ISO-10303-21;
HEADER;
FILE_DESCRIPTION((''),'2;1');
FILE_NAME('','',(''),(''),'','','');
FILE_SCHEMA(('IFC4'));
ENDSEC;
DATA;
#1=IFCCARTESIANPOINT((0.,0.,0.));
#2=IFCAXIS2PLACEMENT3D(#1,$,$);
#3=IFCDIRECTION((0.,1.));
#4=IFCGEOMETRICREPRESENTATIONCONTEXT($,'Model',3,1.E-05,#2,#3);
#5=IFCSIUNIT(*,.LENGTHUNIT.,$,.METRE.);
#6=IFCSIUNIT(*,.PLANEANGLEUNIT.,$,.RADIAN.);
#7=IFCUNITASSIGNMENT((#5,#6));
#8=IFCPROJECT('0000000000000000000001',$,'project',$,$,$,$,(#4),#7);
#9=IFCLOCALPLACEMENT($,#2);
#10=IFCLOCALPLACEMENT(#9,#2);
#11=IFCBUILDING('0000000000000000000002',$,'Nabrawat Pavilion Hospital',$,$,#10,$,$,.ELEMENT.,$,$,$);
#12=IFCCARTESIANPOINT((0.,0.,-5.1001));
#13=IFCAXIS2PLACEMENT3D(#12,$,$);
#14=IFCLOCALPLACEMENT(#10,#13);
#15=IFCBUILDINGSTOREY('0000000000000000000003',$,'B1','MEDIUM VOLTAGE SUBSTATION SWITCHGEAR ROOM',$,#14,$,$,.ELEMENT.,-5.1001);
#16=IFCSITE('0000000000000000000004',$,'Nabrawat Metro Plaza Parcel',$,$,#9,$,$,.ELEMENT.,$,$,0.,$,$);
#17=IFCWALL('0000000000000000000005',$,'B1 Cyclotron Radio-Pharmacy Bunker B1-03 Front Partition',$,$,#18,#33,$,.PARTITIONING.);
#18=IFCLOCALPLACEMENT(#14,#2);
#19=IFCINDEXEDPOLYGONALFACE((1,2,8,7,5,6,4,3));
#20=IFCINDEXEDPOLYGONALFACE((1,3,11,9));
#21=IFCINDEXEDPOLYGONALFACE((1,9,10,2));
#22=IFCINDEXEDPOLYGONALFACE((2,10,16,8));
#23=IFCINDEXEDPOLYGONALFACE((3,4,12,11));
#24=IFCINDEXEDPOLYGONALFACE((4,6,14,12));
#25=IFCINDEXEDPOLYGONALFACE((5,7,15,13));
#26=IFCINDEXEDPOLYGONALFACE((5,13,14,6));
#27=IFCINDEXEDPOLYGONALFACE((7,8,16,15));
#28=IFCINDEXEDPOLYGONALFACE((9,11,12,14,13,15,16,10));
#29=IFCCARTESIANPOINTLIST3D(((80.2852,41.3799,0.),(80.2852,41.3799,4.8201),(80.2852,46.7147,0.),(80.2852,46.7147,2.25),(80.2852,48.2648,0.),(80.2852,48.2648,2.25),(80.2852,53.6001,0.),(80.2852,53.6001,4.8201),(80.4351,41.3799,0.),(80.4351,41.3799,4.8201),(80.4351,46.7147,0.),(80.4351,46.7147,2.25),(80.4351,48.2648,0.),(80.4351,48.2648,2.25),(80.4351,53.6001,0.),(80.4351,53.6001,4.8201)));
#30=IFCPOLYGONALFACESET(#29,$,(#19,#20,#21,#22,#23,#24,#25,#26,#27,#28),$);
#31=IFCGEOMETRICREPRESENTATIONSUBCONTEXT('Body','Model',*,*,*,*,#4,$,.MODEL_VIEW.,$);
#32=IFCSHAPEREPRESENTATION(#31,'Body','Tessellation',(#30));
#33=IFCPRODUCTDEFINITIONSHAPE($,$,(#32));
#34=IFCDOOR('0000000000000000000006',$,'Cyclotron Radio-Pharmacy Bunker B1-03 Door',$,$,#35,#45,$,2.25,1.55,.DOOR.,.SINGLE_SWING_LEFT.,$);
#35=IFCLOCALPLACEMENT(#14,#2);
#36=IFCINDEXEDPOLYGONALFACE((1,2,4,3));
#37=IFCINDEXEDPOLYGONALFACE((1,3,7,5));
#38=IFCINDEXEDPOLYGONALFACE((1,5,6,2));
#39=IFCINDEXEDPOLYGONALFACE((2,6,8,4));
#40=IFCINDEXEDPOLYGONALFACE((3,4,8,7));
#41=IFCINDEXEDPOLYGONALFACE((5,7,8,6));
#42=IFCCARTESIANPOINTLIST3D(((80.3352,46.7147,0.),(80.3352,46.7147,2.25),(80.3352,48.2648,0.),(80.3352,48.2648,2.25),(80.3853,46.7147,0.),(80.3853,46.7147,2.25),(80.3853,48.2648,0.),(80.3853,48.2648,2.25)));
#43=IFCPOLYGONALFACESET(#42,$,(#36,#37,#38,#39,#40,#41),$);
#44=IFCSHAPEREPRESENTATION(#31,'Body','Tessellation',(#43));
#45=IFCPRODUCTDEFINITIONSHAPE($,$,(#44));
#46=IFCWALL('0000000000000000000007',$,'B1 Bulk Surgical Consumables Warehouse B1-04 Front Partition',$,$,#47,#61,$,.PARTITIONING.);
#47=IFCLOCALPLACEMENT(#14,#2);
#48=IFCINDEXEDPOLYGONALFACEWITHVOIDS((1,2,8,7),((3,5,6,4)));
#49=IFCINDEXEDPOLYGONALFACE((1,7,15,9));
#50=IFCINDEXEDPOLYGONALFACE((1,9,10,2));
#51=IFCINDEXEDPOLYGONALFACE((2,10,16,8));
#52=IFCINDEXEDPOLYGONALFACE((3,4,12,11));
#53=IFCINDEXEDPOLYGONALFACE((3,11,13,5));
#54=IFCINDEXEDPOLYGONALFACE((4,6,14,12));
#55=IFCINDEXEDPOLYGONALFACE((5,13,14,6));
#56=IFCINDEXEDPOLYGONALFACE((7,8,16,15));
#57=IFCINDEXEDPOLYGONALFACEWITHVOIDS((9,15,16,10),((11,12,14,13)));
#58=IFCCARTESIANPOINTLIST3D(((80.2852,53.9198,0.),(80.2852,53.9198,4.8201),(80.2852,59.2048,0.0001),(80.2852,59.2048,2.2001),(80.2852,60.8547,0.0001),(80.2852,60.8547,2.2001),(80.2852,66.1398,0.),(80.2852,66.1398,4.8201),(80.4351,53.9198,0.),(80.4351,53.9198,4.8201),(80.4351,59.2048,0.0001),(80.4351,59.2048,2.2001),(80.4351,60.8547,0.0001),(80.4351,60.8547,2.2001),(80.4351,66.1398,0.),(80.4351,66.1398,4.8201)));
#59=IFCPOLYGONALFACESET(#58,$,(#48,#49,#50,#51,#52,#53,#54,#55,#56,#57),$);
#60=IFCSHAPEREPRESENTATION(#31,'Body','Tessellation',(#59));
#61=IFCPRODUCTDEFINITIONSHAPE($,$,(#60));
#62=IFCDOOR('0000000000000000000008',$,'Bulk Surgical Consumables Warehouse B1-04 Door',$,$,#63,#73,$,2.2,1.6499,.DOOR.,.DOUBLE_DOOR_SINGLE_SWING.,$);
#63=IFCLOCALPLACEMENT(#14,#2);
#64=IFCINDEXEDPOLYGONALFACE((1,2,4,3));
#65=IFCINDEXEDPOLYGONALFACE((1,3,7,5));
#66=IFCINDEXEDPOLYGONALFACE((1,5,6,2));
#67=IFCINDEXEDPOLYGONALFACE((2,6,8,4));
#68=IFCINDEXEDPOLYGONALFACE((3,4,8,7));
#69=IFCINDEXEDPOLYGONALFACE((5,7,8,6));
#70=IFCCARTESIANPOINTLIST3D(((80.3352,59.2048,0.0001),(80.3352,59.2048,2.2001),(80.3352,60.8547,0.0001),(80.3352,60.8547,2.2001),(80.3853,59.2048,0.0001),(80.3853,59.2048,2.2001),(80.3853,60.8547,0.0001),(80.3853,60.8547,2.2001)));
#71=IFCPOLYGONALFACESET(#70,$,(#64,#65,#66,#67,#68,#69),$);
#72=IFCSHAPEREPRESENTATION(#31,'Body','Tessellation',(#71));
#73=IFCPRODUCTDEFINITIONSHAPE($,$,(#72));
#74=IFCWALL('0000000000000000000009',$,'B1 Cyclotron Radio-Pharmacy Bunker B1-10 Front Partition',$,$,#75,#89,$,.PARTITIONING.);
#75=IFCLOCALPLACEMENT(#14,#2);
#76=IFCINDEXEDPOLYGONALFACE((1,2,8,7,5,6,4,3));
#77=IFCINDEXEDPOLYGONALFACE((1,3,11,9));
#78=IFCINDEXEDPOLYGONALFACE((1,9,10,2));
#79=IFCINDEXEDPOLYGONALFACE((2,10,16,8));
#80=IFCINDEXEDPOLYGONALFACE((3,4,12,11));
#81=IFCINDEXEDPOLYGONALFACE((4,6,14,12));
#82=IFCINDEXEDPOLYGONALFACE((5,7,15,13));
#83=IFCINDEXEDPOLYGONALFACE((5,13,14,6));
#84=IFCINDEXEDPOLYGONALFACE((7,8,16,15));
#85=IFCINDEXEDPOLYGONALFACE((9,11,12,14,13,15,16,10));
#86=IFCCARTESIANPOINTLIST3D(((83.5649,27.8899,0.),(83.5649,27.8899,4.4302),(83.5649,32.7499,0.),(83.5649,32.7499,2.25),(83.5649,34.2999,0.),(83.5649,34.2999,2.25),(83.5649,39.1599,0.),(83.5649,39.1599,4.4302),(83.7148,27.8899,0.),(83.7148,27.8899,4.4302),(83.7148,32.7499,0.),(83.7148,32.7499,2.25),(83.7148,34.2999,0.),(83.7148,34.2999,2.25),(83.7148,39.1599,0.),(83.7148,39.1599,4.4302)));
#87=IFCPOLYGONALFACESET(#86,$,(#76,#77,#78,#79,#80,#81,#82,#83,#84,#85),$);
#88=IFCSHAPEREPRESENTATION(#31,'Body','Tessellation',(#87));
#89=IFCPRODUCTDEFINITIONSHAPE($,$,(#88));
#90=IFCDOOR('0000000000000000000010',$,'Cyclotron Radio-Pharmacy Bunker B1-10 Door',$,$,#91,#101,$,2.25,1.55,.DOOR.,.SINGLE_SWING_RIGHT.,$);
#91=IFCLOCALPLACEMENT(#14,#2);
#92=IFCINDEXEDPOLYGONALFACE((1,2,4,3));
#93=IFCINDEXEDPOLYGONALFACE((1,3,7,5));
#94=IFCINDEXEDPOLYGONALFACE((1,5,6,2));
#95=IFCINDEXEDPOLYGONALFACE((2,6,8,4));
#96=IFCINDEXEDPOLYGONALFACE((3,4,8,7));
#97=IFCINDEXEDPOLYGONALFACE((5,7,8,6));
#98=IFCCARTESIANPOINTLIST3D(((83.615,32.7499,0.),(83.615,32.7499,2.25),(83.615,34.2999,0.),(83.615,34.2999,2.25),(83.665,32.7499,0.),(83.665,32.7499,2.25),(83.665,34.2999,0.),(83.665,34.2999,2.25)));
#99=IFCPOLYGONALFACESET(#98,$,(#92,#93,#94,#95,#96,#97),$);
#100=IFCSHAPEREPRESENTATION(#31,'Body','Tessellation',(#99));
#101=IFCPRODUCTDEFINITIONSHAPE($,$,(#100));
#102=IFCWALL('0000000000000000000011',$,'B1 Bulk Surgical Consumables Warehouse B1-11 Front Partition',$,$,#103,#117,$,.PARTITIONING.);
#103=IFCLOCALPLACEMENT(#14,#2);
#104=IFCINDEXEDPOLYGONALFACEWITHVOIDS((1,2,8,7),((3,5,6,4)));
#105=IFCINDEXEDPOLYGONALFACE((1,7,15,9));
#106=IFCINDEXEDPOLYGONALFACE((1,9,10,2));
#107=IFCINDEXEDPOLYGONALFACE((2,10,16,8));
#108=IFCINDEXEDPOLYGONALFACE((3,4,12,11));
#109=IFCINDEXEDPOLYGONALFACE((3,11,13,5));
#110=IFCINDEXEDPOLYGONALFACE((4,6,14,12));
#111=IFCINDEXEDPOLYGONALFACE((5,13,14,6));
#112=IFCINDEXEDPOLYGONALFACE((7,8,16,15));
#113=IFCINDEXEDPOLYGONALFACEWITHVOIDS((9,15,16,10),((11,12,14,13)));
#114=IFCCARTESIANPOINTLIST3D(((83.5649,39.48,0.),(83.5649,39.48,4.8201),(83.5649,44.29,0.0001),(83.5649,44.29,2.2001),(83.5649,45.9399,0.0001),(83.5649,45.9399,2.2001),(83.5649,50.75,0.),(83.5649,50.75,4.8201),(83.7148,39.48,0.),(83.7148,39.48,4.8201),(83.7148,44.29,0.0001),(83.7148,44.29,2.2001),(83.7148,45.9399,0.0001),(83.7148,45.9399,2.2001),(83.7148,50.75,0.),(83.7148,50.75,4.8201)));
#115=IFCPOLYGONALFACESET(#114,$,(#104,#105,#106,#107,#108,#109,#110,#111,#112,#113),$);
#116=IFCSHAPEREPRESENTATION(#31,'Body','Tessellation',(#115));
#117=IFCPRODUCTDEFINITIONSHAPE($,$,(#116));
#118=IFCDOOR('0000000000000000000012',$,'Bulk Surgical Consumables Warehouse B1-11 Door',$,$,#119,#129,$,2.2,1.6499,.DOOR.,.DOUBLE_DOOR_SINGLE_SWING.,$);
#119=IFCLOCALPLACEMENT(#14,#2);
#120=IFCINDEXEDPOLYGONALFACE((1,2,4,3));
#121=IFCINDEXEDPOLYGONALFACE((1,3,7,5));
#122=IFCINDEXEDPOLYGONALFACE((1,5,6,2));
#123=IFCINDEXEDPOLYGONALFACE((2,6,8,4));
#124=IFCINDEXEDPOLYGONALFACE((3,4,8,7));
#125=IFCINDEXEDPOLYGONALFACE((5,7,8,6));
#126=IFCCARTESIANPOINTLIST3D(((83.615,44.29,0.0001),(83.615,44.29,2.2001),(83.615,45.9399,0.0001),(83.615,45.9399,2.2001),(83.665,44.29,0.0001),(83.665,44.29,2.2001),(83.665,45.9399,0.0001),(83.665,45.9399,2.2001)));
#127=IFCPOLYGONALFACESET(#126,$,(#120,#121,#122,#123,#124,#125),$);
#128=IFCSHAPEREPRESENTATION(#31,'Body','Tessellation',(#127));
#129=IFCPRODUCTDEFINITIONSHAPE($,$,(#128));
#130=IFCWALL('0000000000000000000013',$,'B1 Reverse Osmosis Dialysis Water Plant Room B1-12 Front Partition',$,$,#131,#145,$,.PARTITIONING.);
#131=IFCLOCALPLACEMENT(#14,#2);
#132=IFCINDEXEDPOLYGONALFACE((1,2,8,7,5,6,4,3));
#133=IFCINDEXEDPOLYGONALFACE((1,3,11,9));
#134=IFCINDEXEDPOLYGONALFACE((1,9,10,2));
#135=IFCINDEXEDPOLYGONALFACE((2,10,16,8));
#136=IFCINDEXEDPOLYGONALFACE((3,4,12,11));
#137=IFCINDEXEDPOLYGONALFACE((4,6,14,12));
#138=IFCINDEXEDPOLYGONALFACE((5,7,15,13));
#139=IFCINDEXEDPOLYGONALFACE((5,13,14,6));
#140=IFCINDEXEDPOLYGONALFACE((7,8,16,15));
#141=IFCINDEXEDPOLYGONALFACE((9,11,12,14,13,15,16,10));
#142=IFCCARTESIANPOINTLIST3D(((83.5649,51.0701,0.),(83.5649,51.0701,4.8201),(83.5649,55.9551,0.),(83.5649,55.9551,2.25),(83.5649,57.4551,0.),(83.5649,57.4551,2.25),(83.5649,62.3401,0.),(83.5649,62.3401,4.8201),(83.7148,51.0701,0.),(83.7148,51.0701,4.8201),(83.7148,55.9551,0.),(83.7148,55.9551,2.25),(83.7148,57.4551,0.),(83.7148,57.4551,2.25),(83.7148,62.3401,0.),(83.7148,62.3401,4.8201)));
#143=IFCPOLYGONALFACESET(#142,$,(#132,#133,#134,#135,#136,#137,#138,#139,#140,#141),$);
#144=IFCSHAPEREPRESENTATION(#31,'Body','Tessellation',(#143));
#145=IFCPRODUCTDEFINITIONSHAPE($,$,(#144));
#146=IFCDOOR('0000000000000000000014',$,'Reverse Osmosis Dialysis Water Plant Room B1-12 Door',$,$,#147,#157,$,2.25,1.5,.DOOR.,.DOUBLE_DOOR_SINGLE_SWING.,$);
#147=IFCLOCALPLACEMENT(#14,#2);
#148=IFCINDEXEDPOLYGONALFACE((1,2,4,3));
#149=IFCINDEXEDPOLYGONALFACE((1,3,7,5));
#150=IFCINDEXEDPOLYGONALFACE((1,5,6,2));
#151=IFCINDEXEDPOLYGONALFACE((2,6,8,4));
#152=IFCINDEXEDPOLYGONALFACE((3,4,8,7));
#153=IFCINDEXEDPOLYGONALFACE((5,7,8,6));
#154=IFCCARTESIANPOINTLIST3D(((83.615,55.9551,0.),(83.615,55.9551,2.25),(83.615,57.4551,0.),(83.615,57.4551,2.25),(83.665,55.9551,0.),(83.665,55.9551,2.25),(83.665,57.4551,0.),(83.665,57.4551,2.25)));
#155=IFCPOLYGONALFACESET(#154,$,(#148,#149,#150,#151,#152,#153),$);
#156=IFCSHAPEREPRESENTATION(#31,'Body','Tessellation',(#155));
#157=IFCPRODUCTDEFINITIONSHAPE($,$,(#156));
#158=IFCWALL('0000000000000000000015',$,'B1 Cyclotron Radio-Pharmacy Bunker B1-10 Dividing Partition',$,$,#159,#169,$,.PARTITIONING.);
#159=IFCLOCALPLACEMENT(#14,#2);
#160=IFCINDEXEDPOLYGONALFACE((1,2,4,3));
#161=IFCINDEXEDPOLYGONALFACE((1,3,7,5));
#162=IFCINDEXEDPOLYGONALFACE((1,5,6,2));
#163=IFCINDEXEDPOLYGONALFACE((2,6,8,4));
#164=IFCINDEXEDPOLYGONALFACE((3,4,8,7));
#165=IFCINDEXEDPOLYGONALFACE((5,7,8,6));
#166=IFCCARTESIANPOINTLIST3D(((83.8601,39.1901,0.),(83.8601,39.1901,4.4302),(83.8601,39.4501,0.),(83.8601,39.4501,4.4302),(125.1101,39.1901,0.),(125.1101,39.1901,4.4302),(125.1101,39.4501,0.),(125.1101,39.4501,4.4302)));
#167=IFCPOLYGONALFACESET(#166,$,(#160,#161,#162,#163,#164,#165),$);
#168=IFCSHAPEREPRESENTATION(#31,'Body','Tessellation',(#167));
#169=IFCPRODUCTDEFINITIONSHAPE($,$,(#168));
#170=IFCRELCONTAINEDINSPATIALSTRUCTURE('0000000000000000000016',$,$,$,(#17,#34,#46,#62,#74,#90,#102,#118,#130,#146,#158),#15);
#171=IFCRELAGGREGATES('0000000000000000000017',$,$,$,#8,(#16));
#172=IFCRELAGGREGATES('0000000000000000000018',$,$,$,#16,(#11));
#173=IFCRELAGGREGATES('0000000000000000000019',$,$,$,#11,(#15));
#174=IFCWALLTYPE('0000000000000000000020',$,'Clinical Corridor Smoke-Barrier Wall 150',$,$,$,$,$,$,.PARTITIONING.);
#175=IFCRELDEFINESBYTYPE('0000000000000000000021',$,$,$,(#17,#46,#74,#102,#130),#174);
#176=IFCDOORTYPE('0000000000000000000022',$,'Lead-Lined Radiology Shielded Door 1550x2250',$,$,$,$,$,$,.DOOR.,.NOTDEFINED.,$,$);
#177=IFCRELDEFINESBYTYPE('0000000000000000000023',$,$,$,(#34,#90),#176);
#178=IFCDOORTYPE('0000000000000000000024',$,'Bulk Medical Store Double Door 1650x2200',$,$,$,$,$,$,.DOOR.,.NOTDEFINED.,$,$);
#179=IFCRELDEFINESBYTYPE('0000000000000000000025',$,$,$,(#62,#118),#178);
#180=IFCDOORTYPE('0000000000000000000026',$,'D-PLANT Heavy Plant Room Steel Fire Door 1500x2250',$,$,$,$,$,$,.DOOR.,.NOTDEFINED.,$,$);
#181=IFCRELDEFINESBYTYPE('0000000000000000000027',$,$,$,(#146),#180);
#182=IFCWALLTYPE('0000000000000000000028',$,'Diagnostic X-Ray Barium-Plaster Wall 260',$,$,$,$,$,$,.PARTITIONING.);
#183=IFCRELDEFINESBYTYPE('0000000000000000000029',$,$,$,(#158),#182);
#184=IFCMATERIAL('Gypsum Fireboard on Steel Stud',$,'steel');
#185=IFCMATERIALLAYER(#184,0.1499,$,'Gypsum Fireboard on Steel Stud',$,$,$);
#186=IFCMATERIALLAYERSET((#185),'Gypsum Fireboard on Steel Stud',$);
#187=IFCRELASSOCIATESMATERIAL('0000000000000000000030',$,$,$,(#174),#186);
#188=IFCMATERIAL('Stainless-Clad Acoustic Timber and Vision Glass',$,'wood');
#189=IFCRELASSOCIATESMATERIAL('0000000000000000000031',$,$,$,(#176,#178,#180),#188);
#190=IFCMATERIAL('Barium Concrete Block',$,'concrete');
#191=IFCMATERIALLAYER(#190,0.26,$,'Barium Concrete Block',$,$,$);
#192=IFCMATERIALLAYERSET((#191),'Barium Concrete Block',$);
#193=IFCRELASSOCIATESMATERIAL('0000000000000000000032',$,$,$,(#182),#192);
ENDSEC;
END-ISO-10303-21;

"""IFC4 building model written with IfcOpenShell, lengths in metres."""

from ifc_helpers import new_model, si_unit, direction, frame, frame_2d, origin, place, context, subcontext, project, spatial, rectangle, extrude, material, layer, layer_set, type_object, element, fill, save


model = new_model("IFC4")

# Units and contexts
model_context = context("Model", 3, precision=1e-05, world=origin(), true_north=direction((0.0, 1.0)))
body_context = subcontext(model_context, "Body", "Model", "MODEL_VIEW")
ifc_project = project(units=[si_unit("LENGTHUNIT", "METRE"), si_unit("PLANEANGLEUNIT", "RADIAN")], contexts=[model_context])

# Site, building, storey
site_placement = place(None, origin())
site = spatial("IfcSite", under=ifc_project, at=site_placement, Name="Nabrawat Metro Plaza Parcel", CompositionType="ELEMENT", RefElevation=0.0)
building_placement = place(site_placement, origin())
building = spatial("IfcBuilding", under=site, at=building_placement, Name="Nabrawat Pavilion Hospital", CompositionType="ELEMENT")
storey_placement = place(building_placement, frame((0.0, 0.0, -5.1001)))
storey = spatial("IfcBuildingStorey", under=building, at=storey_placement, Name="B1", Description="MEDIUM VOLTAGE SUBSTATION SWITCHGEAR ROOM", CompositionType="ELEMENT", Elevation=-5.1001)

# Walls, openings, doors
ifc_material_1 = material(Name="Gypsum Fireboard on Steel Stud", Category="steel")
ifc_layer_1 = layer(ifc_material_1, 0.1499, Name="Gypsum Fireboard on Steel Stud")
ifc_layer_set_1 = layer_set([ifc_layer_1], Name="Gypsum Fireboard on Steel Stud")
wall_type_1 = type_object("IfcWallType", Name="Clinical Corridor Smoke-Barrier Wall 150", PredefinedType="PARTITIONING", material=ifc_layer_set_1)
ifc_material_2 = material(Name="Stainless-Clad Acoustic Timber and Vision Glass", Category="wood")
wall_1_placement = place(storey_placement, frame((80.3601, 41.3799, 0.0), z_axis=(0.0, 0.0, 1.0), x_axis=(0.0, 1.0, 0.0)))
wall_1 = element("IfcWall", 1, at=wall_1_placement, inside=storey, type_object=wall_type_1, Name="B1 Cyclotron Radio-Pharmacy Bunker B1-03 Front Partition", PredefinedType="PARTITIONING", context=body_context, shape_type="SweptSolid", body=[
    extrude(rectangle(XDim=12.2202, YDim=0.1499, at=frame_2d((6.1101, 0.0))), origin(), (0.0, 0.0, 1.0), 4.8201),
])
opening_1_placement = place(wall_1_placement, frame((5.335, 0.0, 0.0)))
opening_1 = element("IfcOpeningElement", 2, at=opening_1_placement, cuts=wall_1, PredefinedType="OPENING", context=body_context, shape_type="SweptSolid", body=[
    extrude(rectangle(XDim=1.55, YDim=2.25, at=frame_2d((0.7749, 1.125))), frame((0.0, 0.085, 0.0), z_axis=(0.0, -1.0, 0.0), x_axis=(1.0, 0.0, 0.0)), (0.0, 0.0, 1.0), 0.1699),
])
door_type_1 = type_object("IfcDoorType", Name="Lead-Lined Radiology Shielded Door 1550x2250", OperationType="NOTDEFINED", PredefinedType="DOOR", material=ifc_material_2)
door_1_placement = place(opening_1_placement, origin())
door_1 = element("IfcDoor", 3, at=door_1_placement, inside=storey, type_object=door_type_1, Name="Cyclotron Radio-Pharmacy Bunker B1-03 Door", OperationType="SINGLE_SWING_LEFT", OverallHeight=2.25, OverallWidth=1.55, PredefinedType="DOOR", context=body_context, shape_type="SweptSolid", body=[
    extrude(rectangle(XDim=1.55, YDim=2.25, at=frame_2d((0.7749, 1.125))), frame((0.0, 0.0249, 0.0), z_axis=(0.0, -1.0, 0.0), x_axis=(1.0, 0.0, 0.0)), (0.0, 0.0, 1.0), 0.05),
])
fill(opening_1, door_1)
wall_2_placement = place(storey_placement, frame((80.3601, 53.9199, 0.0), z_axis=(0.0, 0.0, 1.0), x_axis=(0.0, 1.0, 0.0)))
wall_2 = element("IfcWall", 4, at=wall_2_placement, inside=storey, type_object=wall_type_1, Name="B1 Bulk Surgical Consumables Warehouse B1-04 Front Partition", PredefinedType="PARTITIONING", context=body_context, shape_type="SweptSolid", body=[
    extrude(rectangle(XDim=12.22, YDim=0.1499, at=frame_2d((6.1099, 0.0))), origin(), (0.0, 0.0, 1.0), 4.8201),
])
opening_2_placement = place(wall_2_placement, frame((5.2849, 0.0, 0.0)))
opening_2 = element("IfcOpeningElement", 5, at=opening_2_placement, cuts=wall_2, PredefinedType="OPENING", context=body_context, shape_type="SweptSolid", body=[
    extrude(rectangle(XDim=1.6499, YDim=2.2, at=frame_2d((0.825, 1.1001))), frame((0.0, 0.085, 0.0), z_axis=(0.0, -1.0, 0.0), x_axis=(1.0, 0.0, 0.0)), (0.0, 0.0, 1.0), 0.1699),
])
door_type_2 = type_object("IfcDoorType", Name="Bulk Medical Store Double Door 1650x2200", OperationType="NOTDEFINED", PredefinedType="DOOR", material=ifc_material_2)
door_2_placement = place(opening_2_placement, origin())
door_2 = element("IfcDoor", 6, at=door_2_placement, inside=storey, type_object=door_type_2, Name="Bulk Surgical Consumables Warehouse B1-04 Door", OperationType="DOUBLE_DOOR_SINGLE_SWING", OverallHeight=2.2, OverallWidth=1.6499, PredefinedType="DOOR", context=body_context, shape_type="SweptSolid", body=[
    extrude(rectangle(XDim=1.6499, YDim=2.2, at=frame_2d((0.825, 1.1001))), frame((0.0, 0.0249, 0.0), z_axis=(0.0, -1.0, 0.0), x_axis=(1.0, 0.0, 0.0)), (0.0, 0.0, 1.0), 0.05),
])
fill(opening_2, door_2)
wall_3_placement = place(storey_placement, frame((83.6399, 27.8899, 0.0), z_axis=(0.0, 0.0, 1.0), x_axis=(0.0, 1.0, 0.0)))
wall_3 = element("IfcWall", 7, at=wall_3_placement, inside=storey, type_object=wall_type_1, Name="B1 Cyclotron Radio-Pharmacy Bunker B1-10 Front Partition", PredefinedType="PARTITIONING", context=body_context, shape_type="SweptSolid", body=[
    extrude(rectangle(XDim=11.27, YDim=0.1499, at=frame_2d((5.635, 0.0))), origin(), (0.0, 0.0, 1.0), 4.4302),
])
opening_3_placement = place(wall_3_placement, frame((4.8601, 0.0, 0.0)))
opening_3 = element("IfcOpeningElement", 8, at=opening_3_placement, cuts=wall_3, PredefinedType="OPENING", context=body_context, shape_type="SweptSolid", body=[
    extrude(rectangle(XDim=1.55, YDim=2.25, at=frame_2d((0.7749, 1.125))), frame((0.0, 0.085, 0.0), z_axis=(0.0, -1.0, 0.0), x_axis=(1.0, 0.0, 0.0)), (0.0, 0.0, 1.0), 0.1699),
])
door_3_placement = place(opening_3_placement, origin())
door_3 = element("IfcDoor", 9, at=door_3_placement, inside=storey, type_object=door_type_1, Name="Cyclotron Radio-Pharmacy Bunker B1-10 Door", OperationType="SINGLE_SWING_RIGHT", OverallHeight=2.25, OverallWidth=1.55, PredefinedType="DOOR", context=body_context, shape_type="SweptSolid", body=[
    extrude(rectangle(XDim=1.55, YDim=2.25, at=frame_2d((0.7749, 1.125))), frame((0.0, 0.0249, 0.0), z_axis=(0.0, -1.0, 0.0), x_axis=(1.0, 0.0, 0.0)), (0.0, 0.0, 1.0), 0.05),
])
fill(opening_3, door_3)
wall_4_placement = place(storey_placement, frame((83.6399, 39.48, 0.0), z_axis=(0.0, 0.0, 1.0), x_axis=(0.0, 1.0, 0.0)))
wall_4 = element("IfcWall", 10, at=wall_4_placement, inside=storey, type_object=wall_type_1, Name="B1 Bulk Surgical Consumables Warehouse B1-11 Front Partition", PredefinedType="PARTITIONING", context=body_context, shape_type="SweptSolid", body=[
    extrude(rectangle(XDim=11.27, YDim=0.1499, at=frame_2d((5.635, 0.0))), origin(), (0.0, 0.0, 1.0), 4.8201),
])
opening_4_placement = place(wall_4_placement, frame((4.8101, 0.0, 0.0)))
opening_4 = element("IfcOpeningElement", 11, at=opening_4_placement, cuts=wall_4, PredefinedType="OPENING", context=body_context, shape_type="SweptSolid", body=[
    extrude(rectangle(XDim=1.6499, YDim=2.2, at=frame_2d((0.825, 1.1001))), frame((0.0, 0.085, 0.0), z_axis=(0.0, -1.0, 0.0), x_axis=(1.0, 0.0, 0.0)), (0.0, 0.0, 1.0), 0.1699),
])
door_4_placement = place(opening_4_placement, origin())
door_4 = element("IfcDoor", 12, at=door_4_placement, inside=storey, type_object=door_type_2, Name="Bulk Surgical Consumables Warehouse B1-11 Door", OperationType="DOUBLE_DOOR_SINGLE_SWING", OverallHeight=2.2, OverallWidth=1.6499, PredefinedType="DOOR", context=body_context, shape_type="SweptSolid", body=[
    extrude(rectangle(XDim=1.6499, YDim=2.2, at=frame_2d((0.825, 1.1001))), frame((0.0, 0.0249, 0.0), z_axis=(0.0, -1.0, 0.0), x_axis=(1.0, 0.0, 0.0)), (0.0, 0.0, 1.0), 0.05),
])
fill(opening_4, door_4)
wall_5_placement = place(storey_placement, frame((83.6399, 51.0701, 0.0), z_axis=(0.0, 0.0, 1.0), x_axis=(0.0, 1.0, 0.0)))
wall_5 = element("IfcWall", 13, at=wall_5_placement, inside=storey, type_object=wall_type_1, Name="B1 Reverse Osmosis Dialysis Water Plant Room B1-12 Front Partition", PredefinedType="PARTITIONING", context=body_context, shape_type="SweptSolid", body=[
    extrude(rectangle(XDim=11.27, YDim=0.1499, at=frame_2d((5.635, 0.0))), origin(), (0.0, 0.0, 1.0), 4.8201),
])
opening_5_placement = place(wall_5_placement, frame((4.885, 0.0, 0.0)))
opening_5 = element("IfcOpeningElement", 14, at=opening_5_placement, cuts=wall_5, PredefinedType="OPENING", context=body_context, shape_type="SweptSolid", body=[
    extrude(rectangle(XDim=1.5, YDim=2.25, at=frame_2d((0.75, 1.125))), frame((0.0, 0.085, 0.0), z_axis=(0.0, -1.0, 0.0), x_axis=(1.0, 0.0, 0.0)), (0.0, 0.0, 1.0), 0.1699),
])
door_type_3 = type_object("IfcDoorType", Name="D-PLANT Heavy Plant Room Steel Fire Door 1500x2250", OperationType="NOTDEFINED", PredefinedType="DOOR", material=ifc_material_2)
door_5_placement = place(opening_5_placement, origin())
door_5 = element("IfcDoor", 15, at=door_5_placement, inside=storey, type_object=door_type_3, Name="Reverse Osmosis Dialysis Water Plant Room B1-12 Door", OperationType="DOUBLE_DOOR_SINGLE_SWING", OverallHeight=2.25, OverallWidth=1.5, PredefinedType="DOOR", context=body_context, shape_type="SweptSolid", body=[
    extrude(rectangle(XDim=1.5, YDim=2.25, at=frame_2d((0.75, 1.125))), frame((0.0, 0.0249, 0.0), z_axis=(0.0, -1.0, 0.0), x_axis=(1.0, 0.0, 0.0)), (0.0, 0.0, 1.0), 0.05),
])
fill(opening_5, door_5)

# Wall
ifc_material_3 = material(Name="Barium Concrete Block", Category="concrete")
ifc_layer_2 = layer(ifc_material_3, 0.26, Name="Barium Concrete Block")
ifc_layer_set_2 = layer_set([ifc_layer_2], Name="Barium Concrete Block")
wall_type_2 = type_object("IfcWallType", Name="Diagnostic X-Ray Barium-Plaster Wall 260", PredefinedType="PARTITIONING", material=ifc_layer_set_2)
wall_6_placement = place(storey_placement, frame((83.8601, 39.3201, 0.0), z_axis=(0.0, 0.0, 1.0), x_axis=(1.0, 0.0, 0.0)))
element("IfcWall", 16, at=wall_6_placement, inside=storey, type_object=wall_type_2, Name="B1 Cyclotron Radio-Pharmacy Bunker B1-10 Dividing Partition", PredefinedType="PARTITIONING", context=body_context, shape_type="SweptSolid", body=[
    extrude(rectangle(XDim=41.25, YDim=0.26, at=frame_2d((20.625, 0.0))), origin(), (0.0, 0.0, 1.0), 4.4302),
])

save(model, "model.ifc")
